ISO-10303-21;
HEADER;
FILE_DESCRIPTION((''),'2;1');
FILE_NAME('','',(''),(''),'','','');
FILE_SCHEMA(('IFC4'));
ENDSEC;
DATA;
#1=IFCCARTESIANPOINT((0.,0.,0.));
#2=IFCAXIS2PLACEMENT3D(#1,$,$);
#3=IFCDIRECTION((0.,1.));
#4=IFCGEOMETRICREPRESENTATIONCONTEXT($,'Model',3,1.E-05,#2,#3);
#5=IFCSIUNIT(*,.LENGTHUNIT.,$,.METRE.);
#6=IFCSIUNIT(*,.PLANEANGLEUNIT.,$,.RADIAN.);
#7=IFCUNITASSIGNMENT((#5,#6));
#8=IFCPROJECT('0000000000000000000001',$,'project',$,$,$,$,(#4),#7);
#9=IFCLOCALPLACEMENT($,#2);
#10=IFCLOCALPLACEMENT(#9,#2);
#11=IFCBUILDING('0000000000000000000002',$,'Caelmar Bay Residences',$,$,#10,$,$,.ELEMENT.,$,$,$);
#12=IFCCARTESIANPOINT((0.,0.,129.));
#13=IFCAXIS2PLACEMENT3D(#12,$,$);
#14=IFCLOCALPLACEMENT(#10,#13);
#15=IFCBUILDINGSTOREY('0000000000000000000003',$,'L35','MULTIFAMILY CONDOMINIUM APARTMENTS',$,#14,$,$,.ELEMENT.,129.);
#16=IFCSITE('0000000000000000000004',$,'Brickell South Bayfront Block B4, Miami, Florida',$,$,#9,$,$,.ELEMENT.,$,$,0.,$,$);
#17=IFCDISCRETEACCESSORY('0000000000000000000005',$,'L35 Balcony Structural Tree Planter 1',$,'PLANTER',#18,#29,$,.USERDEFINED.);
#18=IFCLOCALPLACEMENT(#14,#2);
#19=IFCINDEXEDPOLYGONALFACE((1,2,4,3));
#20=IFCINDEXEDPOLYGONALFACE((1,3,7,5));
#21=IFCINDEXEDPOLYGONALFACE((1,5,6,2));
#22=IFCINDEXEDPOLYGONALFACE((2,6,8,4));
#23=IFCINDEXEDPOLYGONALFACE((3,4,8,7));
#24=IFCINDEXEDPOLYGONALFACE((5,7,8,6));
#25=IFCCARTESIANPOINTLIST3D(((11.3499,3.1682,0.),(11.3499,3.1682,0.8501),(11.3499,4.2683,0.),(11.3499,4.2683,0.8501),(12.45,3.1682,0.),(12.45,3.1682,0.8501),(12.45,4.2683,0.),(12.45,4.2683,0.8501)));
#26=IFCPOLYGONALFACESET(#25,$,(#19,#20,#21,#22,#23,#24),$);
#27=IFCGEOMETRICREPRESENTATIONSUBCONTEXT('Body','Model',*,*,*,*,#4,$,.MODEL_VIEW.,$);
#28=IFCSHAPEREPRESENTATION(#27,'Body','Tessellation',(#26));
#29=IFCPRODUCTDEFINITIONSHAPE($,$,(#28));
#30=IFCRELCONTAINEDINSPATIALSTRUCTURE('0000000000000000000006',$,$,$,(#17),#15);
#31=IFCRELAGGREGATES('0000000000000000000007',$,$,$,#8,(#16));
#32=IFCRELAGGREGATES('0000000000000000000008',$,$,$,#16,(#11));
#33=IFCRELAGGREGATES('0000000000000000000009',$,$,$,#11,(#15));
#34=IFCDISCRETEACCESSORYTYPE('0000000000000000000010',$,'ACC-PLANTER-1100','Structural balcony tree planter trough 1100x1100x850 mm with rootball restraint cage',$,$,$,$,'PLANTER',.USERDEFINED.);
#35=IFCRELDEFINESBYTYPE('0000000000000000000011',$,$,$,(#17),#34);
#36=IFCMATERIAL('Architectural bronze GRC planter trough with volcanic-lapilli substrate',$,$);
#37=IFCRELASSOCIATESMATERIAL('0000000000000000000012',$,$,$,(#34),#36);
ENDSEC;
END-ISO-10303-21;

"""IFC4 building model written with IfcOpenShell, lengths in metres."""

from ifc_helpers import new_model, si_unit, direction, frame, origin, origin_2d, place, context, subcontext, project, spatial, rectangle, extrude, material, type_object, element, save


model = new_model("IFC4")

# Units and contexts
model_context = context("Model", 3, precision=1e-05, world=origin(), true_north=direction((0.0, 1.0)))
body_context = subcontext(model_context, "Body", "Model", "MODEL_VIEW")
ifc_project = project(units=[si_unit("LENGTHUNIT", "METRE"), si_unit("PLANEANGLEUNIT", "RADIAN")], contexts=[model_context])

# Site, building, storey
site_placement = place(None, origin())
site = spatial("IfcSite", under=ifc_project, at=site_placement, Name="Brickell South Bayfront Block B4, Miami, Florida", CompositionType="ELEMENT", RefElevation=0.0)
building_placement = place(site_placement, origin())
building = spatial("IfcBuilding", under=site, at=building_placement, Name="Caelmar Bay Residences", CompositionType="ELEMENT")
storey_placement = place(building_placement, frame((0.0, 0.0, 129.0)))
storey = spatial("IfcBuildingStorey", under=building, at=storey_placement, Name="L35", Description="MULTIFAMILY CONDOMINIUM APARTMENTS", CompositionType="ELEMENT", Elevation=129.0)

# Discrete accessory
ifc_material_1 = material(Name="Architectural bronze GRC planter trough with volcanic-lapilli substrate")
discrete_accessory_type = type_object("IfcDiscreteAccessoryType", Name="ACC-PLANTER-1100", Description="Structural balcony tree planter trough 1100x1100x850 mm with rootball restraint cage", ElementType="PLANTER", PredefinedType="USERDEFINED", material=ifc_material_1)
discrete_accessory_placement = place(storey_placement, frame((11.8999, 3.7183, 0.0), z_axis=(0.0, 0.0, 1.0), x_axis=(1.0, 0.0, 0.0)))
element("IfcDiscreteAccessory", 1, at=discrete_accessory_placement, inside=storey, type_object=discrete_accessory_type, Name="L35 Balcony Structural Tree Planter 1", ObjectType="PLANTER", PredefinedType="USERDEFINED", context=body_context, shape_type="SweptSolid", body=[
    extrude(rectangle(XDim=1.1001, YDim=1.1001, at=origin_2d()), origin(), (0.0, 0.0, 1.0), 0.8501),
])

save(model, "model.ifc")
